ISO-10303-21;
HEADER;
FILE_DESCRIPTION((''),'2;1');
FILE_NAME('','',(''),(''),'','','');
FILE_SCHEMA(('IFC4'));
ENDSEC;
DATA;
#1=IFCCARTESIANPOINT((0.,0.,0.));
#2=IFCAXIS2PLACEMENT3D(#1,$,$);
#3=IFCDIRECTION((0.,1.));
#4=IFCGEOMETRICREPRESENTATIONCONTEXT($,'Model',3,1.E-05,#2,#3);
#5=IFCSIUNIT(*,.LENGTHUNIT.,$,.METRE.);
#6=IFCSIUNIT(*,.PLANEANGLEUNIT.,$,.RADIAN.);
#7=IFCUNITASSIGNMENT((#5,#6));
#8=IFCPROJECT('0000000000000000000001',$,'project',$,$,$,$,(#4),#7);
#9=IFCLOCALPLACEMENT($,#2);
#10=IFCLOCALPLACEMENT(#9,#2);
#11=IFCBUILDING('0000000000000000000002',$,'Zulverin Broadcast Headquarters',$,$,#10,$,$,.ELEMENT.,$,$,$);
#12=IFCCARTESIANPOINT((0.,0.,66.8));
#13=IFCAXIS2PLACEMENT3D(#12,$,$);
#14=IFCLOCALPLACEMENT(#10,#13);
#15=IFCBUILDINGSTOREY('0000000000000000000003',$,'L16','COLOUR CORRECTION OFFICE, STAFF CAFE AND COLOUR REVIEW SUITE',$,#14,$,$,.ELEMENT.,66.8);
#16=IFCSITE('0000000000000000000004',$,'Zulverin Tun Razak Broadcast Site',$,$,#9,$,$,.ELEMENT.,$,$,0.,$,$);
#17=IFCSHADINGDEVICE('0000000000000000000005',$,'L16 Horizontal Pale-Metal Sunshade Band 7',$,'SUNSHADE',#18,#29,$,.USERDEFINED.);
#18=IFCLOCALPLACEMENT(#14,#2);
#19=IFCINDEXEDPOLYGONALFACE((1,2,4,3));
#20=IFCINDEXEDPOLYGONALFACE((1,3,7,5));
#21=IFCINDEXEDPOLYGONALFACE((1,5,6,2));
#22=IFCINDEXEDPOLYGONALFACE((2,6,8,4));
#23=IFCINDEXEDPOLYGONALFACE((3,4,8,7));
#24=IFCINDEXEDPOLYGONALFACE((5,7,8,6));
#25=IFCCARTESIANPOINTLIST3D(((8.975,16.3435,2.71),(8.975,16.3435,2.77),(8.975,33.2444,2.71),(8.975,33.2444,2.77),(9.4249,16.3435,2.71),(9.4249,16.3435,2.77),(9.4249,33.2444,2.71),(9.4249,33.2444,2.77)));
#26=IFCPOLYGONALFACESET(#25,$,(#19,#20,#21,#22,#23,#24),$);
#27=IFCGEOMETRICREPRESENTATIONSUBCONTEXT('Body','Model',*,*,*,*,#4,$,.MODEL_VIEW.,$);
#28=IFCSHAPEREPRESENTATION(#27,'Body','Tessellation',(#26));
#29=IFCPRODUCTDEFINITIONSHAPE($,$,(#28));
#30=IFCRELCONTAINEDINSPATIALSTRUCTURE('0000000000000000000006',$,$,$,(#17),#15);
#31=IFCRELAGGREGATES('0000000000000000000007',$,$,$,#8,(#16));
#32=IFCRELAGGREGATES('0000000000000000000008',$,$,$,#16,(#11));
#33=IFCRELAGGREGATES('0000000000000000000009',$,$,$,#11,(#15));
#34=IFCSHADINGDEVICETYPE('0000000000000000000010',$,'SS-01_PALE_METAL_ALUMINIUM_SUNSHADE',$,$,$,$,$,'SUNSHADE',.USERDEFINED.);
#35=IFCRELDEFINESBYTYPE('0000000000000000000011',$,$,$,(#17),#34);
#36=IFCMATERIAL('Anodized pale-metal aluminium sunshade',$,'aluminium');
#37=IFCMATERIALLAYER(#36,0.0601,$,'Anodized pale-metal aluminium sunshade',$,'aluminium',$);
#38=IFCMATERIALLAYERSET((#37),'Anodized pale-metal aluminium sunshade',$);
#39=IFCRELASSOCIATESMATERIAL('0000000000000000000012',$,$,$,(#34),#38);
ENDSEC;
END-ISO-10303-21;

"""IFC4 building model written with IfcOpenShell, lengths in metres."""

from ifc_helpers import new_model, si_unit, direction, frame, origin, origin_2d, place, context, subcontext, project, spatial, rectangle, extrude, material, layer, layer_set, type_object, element, save


model = new_model("IFC4")

# Units and contexts
model_context = context("Model", 3, precision=1e-05, world=origin(), true_north=direction((0.0, 1.0)))
body_context = subcontext(model_context, "Body", "Model", "MODEL_VIEW")
ifc_project = project(units=[si_unit("LENGTHUNIT", "METRE"), si_unit("PLANEANGLEUNIT", "RADIAN")], contexts=[model_context])

# Site, building, storey
site_placement = place(None, origin())
site = spatial("IfcSite", under=ifc_project, at=site_placement, Name="Zulverin Tun Razak Broadcast Site", CompositionType="ELEMENT", RefElevation=0.0)
building_placement = place(site_placement, origin())
building = spatial("IfcBuilding", under=site, at=building_placement, Name="Zulverin Broadcast Headquarters", CompositionType="ELEMENT")
storey_placement = place(building_placement, frame((0.0, 0.0, 66.8)))
storey = spatial("IfcBuildingStorey", under=building, at=storey_placement, Name="L16", Description="COLOUR CORRECTION OFFICE, STAFF CAFE AND COLOUR REVIEW SUITE", CompositionType="ELEMENT", Elevation=66.8)

# Shading device
ifc_material_1 = material(Name="Anodized pale-metal aluminium sunshade", Category="aluminium")
ifc_layer_1 = layer(ifc_material_1, 0.0601, Name="Anodized pale-metal aluminium sunshade", Category="aluminium")
ifc_layer_set_1 = layer_set([ifc_layer_1], Name="Anodized pale-metal aluminium sunshade")
shading_device_type = type_object("IfcShadingDeviceType", Name="SS-01_PALE_METAL_ALUMINIUM_SUNSHADE", ElementType="SUNSHADE", PredefinedType="USERDEFINED", material=ifc_layer_set_1)
shading_device_placement = place(storey_placement, frame((9.2, 24.7939, 2.71), z_axis=(0.0, 0.0, 1.0), x_axis=(0.0, -1.0, 0.0)))
element("IfcShadingDevice", 1, at=shading_device_placement, inside=storey, type_object=shading_device_type, Name="L16 Horizontal Pale-Metal Sunshade Band 7", ObjectType="SUNSHADE", PredefinedType="USERDEFINED", context=body_context, shape_type="SweptSolid", body=[
    extrude(rectangle(XDim=16.9009, YDim=0.45, at=origin_2d()), origin(), (0.0, 0.0, 1.0), 0.0601),
])

save(model, "model.ifc")
